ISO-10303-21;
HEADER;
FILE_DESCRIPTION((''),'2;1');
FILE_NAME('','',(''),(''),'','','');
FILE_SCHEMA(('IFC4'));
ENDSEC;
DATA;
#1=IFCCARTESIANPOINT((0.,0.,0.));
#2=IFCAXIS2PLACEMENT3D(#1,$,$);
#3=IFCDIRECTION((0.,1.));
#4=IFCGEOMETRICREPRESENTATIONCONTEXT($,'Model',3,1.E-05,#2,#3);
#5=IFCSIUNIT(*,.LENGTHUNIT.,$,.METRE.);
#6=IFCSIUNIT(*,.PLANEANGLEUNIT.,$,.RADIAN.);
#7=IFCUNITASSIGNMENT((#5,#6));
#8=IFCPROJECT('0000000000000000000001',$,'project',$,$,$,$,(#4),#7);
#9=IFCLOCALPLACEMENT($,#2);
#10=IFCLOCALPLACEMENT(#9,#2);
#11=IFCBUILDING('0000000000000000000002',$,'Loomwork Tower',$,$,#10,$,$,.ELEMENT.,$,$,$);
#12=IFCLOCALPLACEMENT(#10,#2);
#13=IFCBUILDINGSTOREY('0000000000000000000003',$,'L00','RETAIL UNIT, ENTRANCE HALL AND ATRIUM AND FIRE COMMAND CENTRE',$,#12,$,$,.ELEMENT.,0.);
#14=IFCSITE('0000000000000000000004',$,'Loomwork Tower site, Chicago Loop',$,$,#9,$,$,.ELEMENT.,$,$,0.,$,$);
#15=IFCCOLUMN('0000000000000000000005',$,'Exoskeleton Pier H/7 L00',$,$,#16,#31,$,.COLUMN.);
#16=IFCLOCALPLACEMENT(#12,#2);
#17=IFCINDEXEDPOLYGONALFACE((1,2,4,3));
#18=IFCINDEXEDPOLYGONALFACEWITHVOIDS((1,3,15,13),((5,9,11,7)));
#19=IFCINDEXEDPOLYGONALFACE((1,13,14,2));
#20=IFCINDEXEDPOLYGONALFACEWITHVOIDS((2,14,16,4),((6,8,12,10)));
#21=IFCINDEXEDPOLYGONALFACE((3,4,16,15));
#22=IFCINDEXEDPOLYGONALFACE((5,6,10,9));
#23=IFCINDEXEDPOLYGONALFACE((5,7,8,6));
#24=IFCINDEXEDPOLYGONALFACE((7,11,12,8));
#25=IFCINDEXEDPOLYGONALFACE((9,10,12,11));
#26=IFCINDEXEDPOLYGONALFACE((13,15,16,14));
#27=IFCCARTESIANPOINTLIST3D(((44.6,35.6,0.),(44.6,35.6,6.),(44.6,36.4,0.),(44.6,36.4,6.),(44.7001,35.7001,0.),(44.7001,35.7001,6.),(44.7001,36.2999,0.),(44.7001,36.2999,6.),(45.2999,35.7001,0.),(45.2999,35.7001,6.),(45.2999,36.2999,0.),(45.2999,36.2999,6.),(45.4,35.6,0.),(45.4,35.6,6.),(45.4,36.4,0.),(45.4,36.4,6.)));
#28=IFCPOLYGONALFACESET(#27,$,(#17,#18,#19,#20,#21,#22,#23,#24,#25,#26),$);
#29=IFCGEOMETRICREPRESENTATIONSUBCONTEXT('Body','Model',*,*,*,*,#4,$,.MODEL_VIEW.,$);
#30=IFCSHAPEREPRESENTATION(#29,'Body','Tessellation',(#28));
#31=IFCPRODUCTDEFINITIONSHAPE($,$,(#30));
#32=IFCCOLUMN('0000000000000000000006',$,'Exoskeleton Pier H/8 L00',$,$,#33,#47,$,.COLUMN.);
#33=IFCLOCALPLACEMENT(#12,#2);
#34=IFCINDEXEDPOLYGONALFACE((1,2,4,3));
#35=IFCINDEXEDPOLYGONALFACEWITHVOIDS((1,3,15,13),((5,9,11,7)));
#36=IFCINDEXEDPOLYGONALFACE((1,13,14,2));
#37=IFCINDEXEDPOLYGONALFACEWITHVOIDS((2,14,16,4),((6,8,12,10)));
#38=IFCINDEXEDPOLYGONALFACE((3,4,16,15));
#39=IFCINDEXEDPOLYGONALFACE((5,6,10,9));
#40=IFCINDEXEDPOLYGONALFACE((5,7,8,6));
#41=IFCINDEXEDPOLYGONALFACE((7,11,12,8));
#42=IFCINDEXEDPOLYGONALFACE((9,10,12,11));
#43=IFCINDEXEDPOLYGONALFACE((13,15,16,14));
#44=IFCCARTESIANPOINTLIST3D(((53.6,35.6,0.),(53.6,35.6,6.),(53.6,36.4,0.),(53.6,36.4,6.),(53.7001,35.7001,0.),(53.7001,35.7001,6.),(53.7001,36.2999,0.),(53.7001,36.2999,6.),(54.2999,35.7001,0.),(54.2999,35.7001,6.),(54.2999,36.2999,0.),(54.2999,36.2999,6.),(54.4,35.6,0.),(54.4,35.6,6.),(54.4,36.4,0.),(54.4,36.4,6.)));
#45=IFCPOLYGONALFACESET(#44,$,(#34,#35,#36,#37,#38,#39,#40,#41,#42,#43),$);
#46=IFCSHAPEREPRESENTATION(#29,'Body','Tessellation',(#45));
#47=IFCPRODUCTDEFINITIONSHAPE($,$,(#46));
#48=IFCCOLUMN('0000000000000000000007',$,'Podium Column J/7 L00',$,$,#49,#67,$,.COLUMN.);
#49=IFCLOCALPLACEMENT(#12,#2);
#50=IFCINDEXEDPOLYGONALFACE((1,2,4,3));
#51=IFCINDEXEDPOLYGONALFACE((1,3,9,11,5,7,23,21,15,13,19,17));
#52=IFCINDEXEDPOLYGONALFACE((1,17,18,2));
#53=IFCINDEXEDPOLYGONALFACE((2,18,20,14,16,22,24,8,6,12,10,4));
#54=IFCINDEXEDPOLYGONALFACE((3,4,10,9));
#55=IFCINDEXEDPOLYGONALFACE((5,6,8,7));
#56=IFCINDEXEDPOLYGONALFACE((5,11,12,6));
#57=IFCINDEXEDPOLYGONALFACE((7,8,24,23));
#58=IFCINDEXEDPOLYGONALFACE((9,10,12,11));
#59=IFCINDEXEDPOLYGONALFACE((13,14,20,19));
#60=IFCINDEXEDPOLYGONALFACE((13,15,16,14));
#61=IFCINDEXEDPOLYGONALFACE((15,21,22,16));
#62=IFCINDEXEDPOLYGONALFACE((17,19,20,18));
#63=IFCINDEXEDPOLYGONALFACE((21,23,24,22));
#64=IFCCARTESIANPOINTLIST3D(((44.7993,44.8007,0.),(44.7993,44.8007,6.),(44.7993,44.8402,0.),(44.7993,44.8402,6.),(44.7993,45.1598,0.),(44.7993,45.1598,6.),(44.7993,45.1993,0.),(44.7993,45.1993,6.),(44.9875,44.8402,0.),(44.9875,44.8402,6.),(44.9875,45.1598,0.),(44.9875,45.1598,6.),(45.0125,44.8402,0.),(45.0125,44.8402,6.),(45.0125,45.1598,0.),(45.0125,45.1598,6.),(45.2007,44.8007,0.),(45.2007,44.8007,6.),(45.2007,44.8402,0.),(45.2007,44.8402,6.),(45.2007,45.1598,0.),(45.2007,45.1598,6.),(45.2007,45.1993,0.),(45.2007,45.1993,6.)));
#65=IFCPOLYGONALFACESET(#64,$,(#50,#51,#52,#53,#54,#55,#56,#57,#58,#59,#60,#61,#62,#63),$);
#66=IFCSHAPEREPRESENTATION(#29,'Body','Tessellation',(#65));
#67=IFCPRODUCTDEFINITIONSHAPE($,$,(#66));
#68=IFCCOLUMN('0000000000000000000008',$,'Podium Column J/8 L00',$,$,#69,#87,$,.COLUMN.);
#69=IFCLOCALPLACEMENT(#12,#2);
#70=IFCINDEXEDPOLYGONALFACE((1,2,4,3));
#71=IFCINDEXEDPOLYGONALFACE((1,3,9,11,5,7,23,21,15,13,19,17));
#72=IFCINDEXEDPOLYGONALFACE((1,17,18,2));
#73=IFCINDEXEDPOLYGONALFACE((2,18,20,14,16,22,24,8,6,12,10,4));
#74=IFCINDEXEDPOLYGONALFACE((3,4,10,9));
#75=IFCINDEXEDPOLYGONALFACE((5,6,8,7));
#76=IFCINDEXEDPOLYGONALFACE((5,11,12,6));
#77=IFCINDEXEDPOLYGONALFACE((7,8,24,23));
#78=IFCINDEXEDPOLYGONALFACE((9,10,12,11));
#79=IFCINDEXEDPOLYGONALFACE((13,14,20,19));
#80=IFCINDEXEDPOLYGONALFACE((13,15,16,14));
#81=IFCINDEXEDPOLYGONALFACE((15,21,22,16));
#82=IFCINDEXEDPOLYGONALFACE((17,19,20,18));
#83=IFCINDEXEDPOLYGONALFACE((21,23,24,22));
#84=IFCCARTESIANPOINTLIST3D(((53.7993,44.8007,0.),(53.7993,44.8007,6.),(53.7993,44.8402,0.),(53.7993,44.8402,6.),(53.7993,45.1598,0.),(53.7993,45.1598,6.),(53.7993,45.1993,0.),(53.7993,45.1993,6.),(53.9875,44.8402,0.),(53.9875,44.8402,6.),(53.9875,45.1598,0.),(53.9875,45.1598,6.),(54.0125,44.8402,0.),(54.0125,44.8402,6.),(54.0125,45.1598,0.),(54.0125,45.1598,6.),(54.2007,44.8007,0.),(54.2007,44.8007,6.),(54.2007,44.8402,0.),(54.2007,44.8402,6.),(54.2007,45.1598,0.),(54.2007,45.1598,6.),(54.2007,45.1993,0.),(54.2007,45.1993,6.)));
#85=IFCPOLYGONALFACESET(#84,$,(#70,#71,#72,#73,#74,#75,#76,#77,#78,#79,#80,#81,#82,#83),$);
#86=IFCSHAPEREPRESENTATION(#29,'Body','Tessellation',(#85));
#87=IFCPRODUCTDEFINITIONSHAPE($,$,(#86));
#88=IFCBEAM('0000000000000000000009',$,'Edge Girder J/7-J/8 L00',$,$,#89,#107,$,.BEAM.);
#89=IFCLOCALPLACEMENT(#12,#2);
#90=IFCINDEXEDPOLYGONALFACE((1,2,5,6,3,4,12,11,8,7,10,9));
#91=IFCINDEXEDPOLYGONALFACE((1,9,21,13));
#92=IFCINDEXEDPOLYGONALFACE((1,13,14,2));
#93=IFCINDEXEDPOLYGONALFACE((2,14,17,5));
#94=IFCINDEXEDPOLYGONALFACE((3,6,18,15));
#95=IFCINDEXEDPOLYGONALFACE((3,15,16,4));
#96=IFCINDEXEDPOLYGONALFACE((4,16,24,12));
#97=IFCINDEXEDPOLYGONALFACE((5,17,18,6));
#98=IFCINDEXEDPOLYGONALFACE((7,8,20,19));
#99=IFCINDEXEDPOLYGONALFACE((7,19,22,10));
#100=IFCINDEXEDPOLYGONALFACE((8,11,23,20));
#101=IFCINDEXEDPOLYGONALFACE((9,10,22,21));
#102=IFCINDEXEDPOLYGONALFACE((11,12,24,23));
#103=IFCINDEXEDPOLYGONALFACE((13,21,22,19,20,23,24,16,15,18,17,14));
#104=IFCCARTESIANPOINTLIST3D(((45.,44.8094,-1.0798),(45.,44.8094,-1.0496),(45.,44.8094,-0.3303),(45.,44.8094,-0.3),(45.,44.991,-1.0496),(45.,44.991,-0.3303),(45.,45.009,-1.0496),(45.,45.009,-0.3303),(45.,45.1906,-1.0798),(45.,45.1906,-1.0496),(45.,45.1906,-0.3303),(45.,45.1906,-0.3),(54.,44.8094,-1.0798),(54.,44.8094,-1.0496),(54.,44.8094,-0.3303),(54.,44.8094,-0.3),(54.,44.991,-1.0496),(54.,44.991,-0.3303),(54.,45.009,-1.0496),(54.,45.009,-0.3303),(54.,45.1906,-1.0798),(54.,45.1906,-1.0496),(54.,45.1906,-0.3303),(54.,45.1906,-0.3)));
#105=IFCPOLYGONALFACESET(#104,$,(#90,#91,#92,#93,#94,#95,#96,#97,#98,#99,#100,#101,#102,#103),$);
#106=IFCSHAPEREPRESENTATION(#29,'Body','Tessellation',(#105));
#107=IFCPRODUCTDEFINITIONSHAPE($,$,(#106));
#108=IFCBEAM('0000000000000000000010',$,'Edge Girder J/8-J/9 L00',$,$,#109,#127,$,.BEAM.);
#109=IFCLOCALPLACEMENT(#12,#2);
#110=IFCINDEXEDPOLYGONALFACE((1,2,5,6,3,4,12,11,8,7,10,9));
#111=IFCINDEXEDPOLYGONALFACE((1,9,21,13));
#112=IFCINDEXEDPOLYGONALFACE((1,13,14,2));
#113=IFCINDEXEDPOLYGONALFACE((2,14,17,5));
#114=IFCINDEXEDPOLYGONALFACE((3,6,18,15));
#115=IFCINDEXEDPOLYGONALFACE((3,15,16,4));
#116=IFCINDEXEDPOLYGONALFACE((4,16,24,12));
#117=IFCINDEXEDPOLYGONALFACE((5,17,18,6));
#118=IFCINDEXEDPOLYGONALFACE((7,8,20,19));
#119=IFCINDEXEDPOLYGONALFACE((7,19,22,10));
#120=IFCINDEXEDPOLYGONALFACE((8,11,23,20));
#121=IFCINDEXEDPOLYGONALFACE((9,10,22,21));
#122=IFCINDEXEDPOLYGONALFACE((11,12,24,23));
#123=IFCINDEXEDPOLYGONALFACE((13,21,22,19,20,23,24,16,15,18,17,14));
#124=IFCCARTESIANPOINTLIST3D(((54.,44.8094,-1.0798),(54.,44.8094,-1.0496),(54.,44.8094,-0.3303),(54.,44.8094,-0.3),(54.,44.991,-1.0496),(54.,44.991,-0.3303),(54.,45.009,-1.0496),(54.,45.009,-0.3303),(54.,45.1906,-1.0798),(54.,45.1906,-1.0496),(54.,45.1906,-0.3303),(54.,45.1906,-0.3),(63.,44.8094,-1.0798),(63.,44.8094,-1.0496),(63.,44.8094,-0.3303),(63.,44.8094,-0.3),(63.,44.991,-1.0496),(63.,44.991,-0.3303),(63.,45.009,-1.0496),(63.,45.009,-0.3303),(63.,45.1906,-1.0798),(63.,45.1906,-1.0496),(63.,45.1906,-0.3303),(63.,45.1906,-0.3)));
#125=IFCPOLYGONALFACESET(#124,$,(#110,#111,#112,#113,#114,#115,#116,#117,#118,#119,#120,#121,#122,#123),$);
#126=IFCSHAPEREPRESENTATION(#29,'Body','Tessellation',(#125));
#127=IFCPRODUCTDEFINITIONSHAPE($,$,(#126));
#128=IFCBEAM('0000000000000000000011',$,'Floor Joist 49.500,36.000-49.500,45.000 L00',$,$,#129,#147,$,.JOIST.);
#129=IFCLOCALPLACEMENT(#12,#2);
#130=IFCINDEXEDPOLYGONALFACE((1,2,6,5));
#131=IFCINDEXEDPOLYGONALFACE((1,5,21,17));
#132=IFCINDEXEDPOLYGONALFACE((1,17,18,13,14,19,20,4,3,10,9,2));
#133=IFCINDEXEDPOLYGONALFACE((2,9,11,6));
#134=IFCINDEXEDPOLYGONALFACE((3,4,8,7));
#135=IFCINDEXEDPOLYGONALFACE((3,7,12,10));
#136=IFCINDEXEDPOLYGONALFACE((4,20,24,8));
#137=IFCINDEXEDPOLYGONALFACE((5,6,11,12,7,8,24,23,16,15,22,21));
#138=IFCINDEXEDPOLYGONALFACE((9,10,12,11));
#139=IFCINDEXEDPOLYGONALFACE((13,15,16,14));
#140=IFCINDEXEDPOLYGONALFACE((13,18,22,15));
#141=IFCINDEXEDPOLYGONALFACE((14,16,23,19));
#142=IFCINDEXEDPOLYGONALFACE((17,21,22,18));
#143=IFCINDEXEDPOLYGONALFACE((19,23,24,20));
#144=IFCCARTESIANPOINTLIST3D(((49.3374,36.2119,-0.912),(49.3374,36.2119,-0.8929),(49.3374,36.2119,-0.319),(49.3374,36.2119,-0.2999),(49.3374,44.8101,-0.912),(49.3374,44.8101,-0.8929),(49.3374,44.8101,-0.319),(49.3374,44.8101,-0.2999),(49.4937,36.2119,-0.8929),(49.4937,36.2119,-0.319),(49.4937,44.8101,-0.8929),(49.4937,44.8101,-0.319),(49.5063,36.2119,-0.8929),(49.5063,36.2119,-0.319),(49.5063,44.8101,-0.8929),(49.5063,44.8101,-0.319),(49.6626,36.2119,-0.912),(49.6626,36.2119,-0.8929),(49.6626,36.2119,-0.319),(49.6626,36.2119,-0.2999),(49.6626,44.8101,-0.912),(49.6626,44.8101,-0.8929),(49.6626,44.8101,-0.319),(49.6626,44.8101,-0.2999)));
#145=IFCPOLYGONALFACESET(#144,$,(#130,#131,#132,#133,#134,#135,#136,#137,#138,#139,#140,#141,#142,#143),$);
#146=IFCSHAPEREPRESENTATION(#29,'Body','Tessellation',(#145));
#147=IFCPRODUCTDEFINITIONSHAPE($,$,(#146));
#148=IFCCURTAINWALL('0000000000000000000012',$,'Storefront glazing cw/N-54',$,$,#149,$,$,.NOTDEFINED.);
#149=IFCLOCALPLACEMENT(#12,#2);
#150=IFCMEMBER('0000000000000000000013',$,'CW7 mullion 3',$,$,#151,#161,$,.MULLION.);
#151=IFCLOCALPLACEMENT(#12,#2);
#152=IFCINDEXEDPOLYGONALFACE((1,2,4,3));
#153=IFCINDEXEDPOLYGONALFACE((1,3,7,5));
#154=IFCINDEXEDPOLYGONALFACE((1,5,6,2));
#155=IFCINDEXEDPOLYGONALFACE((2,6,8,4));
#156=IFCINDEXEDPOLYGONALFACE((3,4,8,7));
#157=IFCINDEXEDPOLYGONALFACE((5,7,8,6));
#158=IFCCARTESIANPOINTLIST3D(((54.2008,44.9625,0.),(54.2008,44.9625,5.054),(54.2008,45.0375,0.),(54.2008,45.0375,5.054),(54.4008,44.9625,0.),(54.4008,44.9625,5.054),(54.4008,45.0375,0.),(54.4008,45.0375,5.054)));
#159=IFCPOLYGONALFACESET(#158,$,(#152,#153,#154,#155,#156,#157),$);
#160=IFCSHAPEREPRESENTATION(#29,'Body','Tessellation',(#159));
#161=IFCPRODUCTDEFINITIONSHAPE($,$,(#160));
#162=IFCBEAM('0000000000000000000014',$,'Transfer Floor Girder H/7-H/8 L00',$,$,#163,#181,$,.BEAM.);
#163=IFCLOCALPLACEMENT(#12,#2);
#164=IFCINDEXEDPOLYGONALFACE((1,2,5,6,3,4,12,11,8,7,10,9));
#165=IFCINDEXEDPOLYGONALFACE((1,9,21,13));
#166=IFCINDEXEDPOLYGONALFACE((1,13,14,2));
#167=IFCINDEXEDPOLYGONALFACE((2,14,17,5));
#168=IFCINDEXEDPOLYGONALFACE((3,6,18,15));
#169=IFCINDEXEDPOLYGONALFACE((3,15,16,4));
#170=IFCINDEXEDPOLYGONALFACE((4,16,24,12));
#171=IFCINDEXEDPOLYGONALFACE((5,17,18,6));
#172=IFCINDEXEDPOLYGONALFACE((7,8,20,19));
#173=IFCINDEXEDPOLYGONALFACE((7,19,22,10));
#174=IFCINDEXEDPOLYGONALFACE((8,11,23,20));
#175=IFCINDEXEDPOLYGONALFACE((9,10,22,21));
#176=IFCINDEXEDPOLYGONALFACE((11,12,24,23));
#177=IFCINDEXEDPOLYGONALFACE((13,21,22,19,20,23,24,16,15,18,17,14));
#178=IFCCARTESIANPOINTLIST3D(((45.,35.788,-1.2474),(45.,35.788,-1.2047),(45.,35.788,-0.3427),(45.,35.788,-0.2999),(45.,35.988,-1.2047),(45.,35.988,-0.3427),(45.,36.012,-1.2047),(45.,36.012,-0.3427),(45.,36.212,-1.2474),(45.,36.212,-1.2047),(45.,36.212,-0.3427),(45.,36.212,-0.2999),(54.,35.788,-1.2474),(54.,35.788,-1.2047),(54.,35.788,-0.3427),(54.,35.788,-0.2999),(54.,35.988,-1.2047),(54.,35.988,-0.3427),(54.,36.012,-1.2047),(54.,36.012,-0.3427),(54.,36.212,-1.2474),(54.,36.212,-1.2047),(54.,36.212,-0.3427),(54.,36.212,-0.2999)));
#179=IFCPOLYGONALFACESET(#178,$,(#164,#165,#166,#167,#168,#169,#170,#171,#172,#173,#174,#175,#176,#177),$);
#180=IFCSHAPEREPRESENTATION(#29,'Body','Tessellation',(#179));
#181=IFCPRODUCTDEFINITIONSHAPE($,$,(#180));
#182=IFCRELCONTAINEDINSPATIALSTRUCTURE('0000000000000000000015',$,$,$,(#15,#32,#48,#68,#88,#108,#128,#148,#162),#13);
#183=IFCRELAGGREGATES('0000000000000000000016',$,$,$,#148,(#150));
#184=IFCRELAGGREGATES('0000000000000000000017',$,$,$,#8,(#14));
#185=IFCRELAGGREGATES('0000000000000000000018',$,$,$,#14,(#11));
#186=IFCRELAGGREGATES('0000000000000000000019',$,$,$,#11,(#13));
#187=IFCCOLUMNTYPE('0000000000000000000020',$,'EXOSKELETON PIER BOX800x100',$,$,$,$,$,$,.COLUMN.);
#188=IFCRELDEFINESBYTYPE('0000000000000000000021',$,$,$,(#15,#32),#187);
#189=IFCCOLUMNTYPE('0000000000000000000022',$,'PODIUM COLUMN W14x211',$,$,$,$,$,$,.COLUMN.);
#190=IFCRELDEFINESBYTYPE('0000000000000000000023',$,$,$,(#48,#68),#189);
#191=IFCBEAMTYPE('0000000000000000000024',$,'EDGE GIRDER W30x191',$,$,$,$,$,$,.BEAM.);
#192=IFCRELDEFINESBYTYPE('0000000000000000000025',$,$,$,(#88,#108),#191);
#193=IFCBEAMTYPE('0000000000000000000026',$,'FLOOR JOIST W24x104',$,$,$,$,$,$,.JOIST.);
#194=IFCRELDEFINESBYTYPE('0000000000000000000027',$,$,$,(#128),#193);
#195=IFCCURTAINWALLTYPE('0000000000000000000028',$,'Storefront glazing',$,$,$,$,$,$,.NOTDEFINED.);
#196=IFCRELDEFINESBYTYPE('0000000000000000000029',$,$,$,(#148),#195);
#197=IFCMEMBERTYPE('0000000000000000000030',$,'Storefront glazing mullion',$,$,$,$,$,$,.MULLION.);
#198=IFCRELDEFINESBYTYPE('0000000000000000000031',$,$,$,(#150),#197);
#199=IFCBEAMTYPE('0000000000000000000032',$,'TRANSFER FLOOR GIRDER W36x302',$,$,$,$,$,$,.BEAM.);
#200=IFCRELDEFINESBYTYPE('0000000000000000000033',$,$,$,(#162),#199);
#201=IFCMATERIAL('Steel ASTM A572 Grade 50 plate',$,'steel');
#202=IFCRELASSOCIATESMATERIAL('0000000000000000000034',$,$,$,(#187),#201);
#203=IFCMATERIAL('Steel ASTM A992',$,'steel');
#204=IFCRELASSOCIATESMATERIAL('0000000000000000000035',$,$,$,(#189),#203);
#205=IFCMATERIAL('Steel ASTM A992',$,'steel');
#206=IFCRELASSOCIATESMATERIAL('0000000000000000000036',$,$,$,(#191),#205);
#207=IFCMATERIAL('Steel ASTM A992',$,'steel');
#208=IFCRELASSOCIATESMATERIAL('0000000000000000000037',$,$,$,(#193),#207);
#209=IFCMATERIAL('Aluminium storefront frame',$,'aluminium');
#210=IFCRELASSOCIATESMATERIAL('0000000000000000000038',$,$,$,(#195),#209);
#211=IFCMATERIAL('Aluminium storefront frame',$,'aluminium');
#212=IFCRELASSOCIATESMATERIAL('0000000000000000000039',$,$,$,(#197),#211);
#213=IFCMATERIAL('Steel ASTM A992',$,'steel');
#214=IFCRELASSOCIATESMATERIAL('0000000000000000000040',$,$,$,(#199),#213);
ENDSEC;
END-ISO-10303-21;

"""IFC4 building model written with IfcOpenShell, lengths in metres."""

from ifc_helpers import new_model, si_unit, direction, frame, origin, origin_2d, place, context, subcontext, project, spatial, rectangle, hollow_rectangle, i_section, extrude, material, material_profile, profile_set, type_object, element, aggregate, save


model = new_model("IFC4")

# Units and contexts
model_context = context("Model", 3, precision=1e-05, world=origin(), true_north=direction((0.0, 1.0)))
body_context = subcontext(model_context, "Body", "Model", "MODEL_VIEW")
ifc_project = project(units=[si_unit("LENGTHUNIT", "METRE"), si_unit("PLANEANGLEUNIT", "RADIAN")], contexts=[model_context])

# Site, building, storey
site_placement = place(None, origin())
site = spatial("IfcSite", under=ifc_project, at=site_placement, Name="Loomwork Tower site, Chicago Loop", CompositionType="ELEMENT", RefElevation=0.0)
building_placement = place(site_placement, origin())
building = spatial("IfcBuilding", under=site, at=building_placement, Name="Loomwork Tower", CompositionType="ELEMENT")
storey_placement = place(building_placement, origin())
storey = spatial("IfcBuildingStorey", under=building, at=storey_placement, Name="L00", Description="RETAIL UNIT, ENTRANCE HALL AND ATRIUM AND FIRE COMMAND CENTRE", CompositionType="ELEMENT", Elevation=0.0)

# Columns
ifc_material_1 = material(Name="Steel ASTM A572 Grade 50 plate", Category="steel")
ifc_material_profile_1 = material_profile(ifc_material_1, hollow_rectangle(XDim=0.8, YDim=0.8, WallThickness=0.1001, at=origin_2d()), Name="BOX800x100")
ifc_profile_set_1 = profile_set([ifc_material_profile_1], Name="Steel ASTM A572 Grade 50 plate")
column_type_1 = type_object("IfcColumnType", Name="EXOSKELETON PIER BOX800x100", PredefinedType="COLUMN", material=ifc_profile_set_1)
for number, where, z_axis, x_axis, name in (
    (1, (45.0, 36.0, 0.0), (0.0, 0.0, 1.0), (1.0, 0.0, 0.0), "Exoskeleton Pier H/7 L00"),
    (2, (54.0, 36.0, 0.0), (0.0, 0.0, 1.0), (1.0, 0.0, 0.0), "Exoskeleton Pier H/8 L00"),
):
    element("IfcColumn", number, at=place(storey_placement, frame(where, z_axis=z_axis, x_axis=x_axis)), inside=storey, type_object=column_type_1, Name=name, PredefinedType="COLUMN", context=body_context, shape_type="SweptSolid", body=[
        extrude(hollow_rectangle(XDim=0.8, YDim=0.8, WallThickness=0.1001, at=origin_2d()), origin(), (0.0, 0.0, 1.0), 6.0),
    ])
ifc_material_2 = material(Name="Steel ASTM A992", Category="steel")
ifc_material_profile_2 = material_profile(ifc_material_2, i_section(OverallWidth=0.4014, OverallDepth=0.3987, WebThickness=0.0249, FlangeThickness=0.0396, at=origin_2d()), Name="W14x211")
ifc_profile_set_2 = profile_set([ifc_material_profile_2], Name="Steel ASTM A992")
column_type_2 = type_object("IfcColumnType", Name="PODIUM COLUMN W14x211", PredefinedType="COLUMN", material=ifc_profile_set_2)
for number, where, z_axis, x_axis, name in (
    (3, (45.0, 45.0, 0.0), (0.0, 0.0, 1.0), (1.0, 0.0, 0.0), "Podium Column J/7 L00"),
    (4, (54.0, 45.0, 0.0), (0.0, 0.0, 1.0), (1.0, 0.0, 0.0), "Podium Column J/8 L00"),
):
    element("IfcColumn", number, at=place(storey_placement, frame(where, z_axis=z_axis, x_axis=x_axis)), inside=storey, type_object=column_type_2, Name=name, PredefinedType="COLUMN", context=body_context, shape_type="SweptSolid", body=[
        extrude(i_section(OverallWidth=0.4014, OverallDepth=0.3987, WebThickness=0.0249, FlangeThickness=0.0396, at=origin_2d()), origin(), (0.0, 0.0, 1.0), 6.0),
    ])

# Beams
ifc_material_3 = material(Name="Steel ASTM A992", Category="steel")
ifc_material_profile_3 = material_profile(ifc_material_3, i_section(OverallWidth=0.3811, OverallDepth=0.7798, WebThickness=0.0181, FlangeThickness=0.0303, at=origin_2d()), Name="W30x191")
ifc_profile_set_3 = profile_set([ifc_material_profile_3], Name="Steel ASTM A992")
beam_type_1 = type_object("IfcBeamType", Name="EDGE GIRDER W30x191", PredefinedType="BEAM", material=ifc_profile_set_3)
for number, where, z_axis, x_axis, name in (
    (5, (45.0, 45.0, -0.6899), (1.0, 0.0, 0.0), (0.0, 1.0, 0.0), "Edge Girder J/7-J/8 L00"),
    (6, (54.0, 45.0, -0.6899), (1.0, 0.0, 0.0), (0.0, 1.0, 0.0), "Edge Girder J/8-J/9 L00"),
):
    element("IfcBeam", number, at=place(storey_placement, frame(where, z_axis=z_axis, x_axis=x_axis)), inside=storey, type_object=beam_type_1, Name=name, PredefinedType="BEAM", context=body_context, shape_type="SweptSolid", body=[
        extrude(i_section(OverallWidth=0.3811, OverallDepth=0.7798, WebThickness=0.0181, FlangeThickness=0.0303, at=origin_2d()), origin(), (0.0, 0.0, 1.0), 9.0),
    ])
ifc_material_4 = material(Name="Steel ASTM A992", Category="steel")
ifc_material_profile_4 = material_profile(ifc_material_4, i_section(OverallWidth=0.3252, OverallDepth=0.6121, WebThickness=0.0127, FlangeThickness=0.019, at=origin_2d()), Name="W24x104")
ifc_profile_set_4 = profile_set([ifc_material_profile_4], Name="Steel ASTM A992")
beam_type_2 = type_object("IfcBeamType", Name="FLOOR JOIST W24x104", PredefinedType="JOIST", material=ifc_profile_set_4)
beam_placement = place(storey_placement, frame((49.5, 36.2119, -0.606), z_axis=(0.0, 1.0, 0.0), x_axis=(-1.0, 0.0, 0.0)))
element("IfcBeam", 7, at=beam_placement, inside=storey, type_object=beam_type_2, Name="Floor Joist 49.500,36.000-49.500,45.000 L00", PredefinedType="JOIST", context=body_context, shape_type="SweptSolid", body=[
    extrude(i_section(OverallWidth=0.3252, OverallDepth=0.6121, WebThickness=0.0127, FlangeThickness=0.019, at=origin_2d()), origin(), (0.0, 0.0, 1.0), 8.5981),
])

# Curtain wall, member
ifc_material_5 = material(Name="Aluminium storefront frame", Category="aluminium")
curtain_wall_type = type_object("IfcCurtainWallType", Name="Storefront glazing", PredefinedType="NOTDEFINED", material=ifc_material_5)
curtain_wall_placement = place(storey_placement, origin())
curtain_wall = element("IfcCurtainWall", 8, at=curtain_wall_placement, inside=storey, type_object=curtain_wall_type, Name="Storefront glazing cw/N-54", PredefinedType="NOTDEFINED")
ifc_material_6 = material(Name="Aluminium storefront frame", Category="aluminium")
ifc_material_profile_5 = material_profile(ifc_material_6, rectangle(XDim=0.075, YDim=0.2, at=origin_2d()), Name="AL 75x200")
ifc_profile_set_5 = profile_set([ifc_material_profile_5], Name="Aluminium storefront frame")
member_type = type_object("IfcMemberType", Name="Storefront glazing mullion", PredefinedType="MULLION", material=ifc_profile_set_5)
member_placement = place(storey_placement, frame((54.3008, 45.0, 0.0), z_axis=(0.0, 0.0, 1.0), x_axis=(0.0, -1.0, 0.0)))
member = element("IfcMember", 9, at=member_placement, type_object=member_type, Name="CW7 mullion 3", PredefinedType="MULLION", context=body_context, shape_type="SweptSolid", body=[
    extrude(rectangle(XDim=0.075, YDim=0.2, at=origin_2d()), origin(), (0.0, 0.0, 1.0), 5.054),
])

# Beam
ifc_material_7 = material(Name="Steel ASTM A992", Category="steel")
ifc_material_profile_6 = material_profile(ifc_material_7, i_section(OverallWidth=0.4241, OverallDepth=0.9475, WebThickness=0.0239, FlangeThickness=0.0427, at=origin_2d()), Name="W36x302")
ifc_profile_set_6 = profile_set([ifc_material_profile_6], Name="Steel ASTM A992")
beam_type_3 = type_object("IfcBeamType", Name="TRANSFER FLOOR GIRDER W36x302", PredefinedType="BEAM", material=ifc_profile_set_6)
for number, where, z_axis, x_axis, name in (
    (10, (45.0, 36.0, -0.7737), (1.0, 0.0, 0.0), (0.0, 1.0, 0.0), "Transfer Floor Girder H/7-H/8 L00"),
):
    element("IfcBeam", number, at=place(storey_placement, frame(where, z_axis=z_axis, x_axis=x_axis)), inside=storey, type_object=beam_type_3, Name=name, PredefinedType="BEAM", context=body_context, shape_type="SweptSolid", body=[
        extrude(i_section(OverallWidth=0.4241, OverallDepth=0.9475, WebThickness=0.0239, FlangeThickness=0.0427, at=origin_2d()), origin(), (0.0, 0.0, 1.0), 9.0),
    ])

aggregate(curtain_wall, [member])

save(model, "model.ifc")
